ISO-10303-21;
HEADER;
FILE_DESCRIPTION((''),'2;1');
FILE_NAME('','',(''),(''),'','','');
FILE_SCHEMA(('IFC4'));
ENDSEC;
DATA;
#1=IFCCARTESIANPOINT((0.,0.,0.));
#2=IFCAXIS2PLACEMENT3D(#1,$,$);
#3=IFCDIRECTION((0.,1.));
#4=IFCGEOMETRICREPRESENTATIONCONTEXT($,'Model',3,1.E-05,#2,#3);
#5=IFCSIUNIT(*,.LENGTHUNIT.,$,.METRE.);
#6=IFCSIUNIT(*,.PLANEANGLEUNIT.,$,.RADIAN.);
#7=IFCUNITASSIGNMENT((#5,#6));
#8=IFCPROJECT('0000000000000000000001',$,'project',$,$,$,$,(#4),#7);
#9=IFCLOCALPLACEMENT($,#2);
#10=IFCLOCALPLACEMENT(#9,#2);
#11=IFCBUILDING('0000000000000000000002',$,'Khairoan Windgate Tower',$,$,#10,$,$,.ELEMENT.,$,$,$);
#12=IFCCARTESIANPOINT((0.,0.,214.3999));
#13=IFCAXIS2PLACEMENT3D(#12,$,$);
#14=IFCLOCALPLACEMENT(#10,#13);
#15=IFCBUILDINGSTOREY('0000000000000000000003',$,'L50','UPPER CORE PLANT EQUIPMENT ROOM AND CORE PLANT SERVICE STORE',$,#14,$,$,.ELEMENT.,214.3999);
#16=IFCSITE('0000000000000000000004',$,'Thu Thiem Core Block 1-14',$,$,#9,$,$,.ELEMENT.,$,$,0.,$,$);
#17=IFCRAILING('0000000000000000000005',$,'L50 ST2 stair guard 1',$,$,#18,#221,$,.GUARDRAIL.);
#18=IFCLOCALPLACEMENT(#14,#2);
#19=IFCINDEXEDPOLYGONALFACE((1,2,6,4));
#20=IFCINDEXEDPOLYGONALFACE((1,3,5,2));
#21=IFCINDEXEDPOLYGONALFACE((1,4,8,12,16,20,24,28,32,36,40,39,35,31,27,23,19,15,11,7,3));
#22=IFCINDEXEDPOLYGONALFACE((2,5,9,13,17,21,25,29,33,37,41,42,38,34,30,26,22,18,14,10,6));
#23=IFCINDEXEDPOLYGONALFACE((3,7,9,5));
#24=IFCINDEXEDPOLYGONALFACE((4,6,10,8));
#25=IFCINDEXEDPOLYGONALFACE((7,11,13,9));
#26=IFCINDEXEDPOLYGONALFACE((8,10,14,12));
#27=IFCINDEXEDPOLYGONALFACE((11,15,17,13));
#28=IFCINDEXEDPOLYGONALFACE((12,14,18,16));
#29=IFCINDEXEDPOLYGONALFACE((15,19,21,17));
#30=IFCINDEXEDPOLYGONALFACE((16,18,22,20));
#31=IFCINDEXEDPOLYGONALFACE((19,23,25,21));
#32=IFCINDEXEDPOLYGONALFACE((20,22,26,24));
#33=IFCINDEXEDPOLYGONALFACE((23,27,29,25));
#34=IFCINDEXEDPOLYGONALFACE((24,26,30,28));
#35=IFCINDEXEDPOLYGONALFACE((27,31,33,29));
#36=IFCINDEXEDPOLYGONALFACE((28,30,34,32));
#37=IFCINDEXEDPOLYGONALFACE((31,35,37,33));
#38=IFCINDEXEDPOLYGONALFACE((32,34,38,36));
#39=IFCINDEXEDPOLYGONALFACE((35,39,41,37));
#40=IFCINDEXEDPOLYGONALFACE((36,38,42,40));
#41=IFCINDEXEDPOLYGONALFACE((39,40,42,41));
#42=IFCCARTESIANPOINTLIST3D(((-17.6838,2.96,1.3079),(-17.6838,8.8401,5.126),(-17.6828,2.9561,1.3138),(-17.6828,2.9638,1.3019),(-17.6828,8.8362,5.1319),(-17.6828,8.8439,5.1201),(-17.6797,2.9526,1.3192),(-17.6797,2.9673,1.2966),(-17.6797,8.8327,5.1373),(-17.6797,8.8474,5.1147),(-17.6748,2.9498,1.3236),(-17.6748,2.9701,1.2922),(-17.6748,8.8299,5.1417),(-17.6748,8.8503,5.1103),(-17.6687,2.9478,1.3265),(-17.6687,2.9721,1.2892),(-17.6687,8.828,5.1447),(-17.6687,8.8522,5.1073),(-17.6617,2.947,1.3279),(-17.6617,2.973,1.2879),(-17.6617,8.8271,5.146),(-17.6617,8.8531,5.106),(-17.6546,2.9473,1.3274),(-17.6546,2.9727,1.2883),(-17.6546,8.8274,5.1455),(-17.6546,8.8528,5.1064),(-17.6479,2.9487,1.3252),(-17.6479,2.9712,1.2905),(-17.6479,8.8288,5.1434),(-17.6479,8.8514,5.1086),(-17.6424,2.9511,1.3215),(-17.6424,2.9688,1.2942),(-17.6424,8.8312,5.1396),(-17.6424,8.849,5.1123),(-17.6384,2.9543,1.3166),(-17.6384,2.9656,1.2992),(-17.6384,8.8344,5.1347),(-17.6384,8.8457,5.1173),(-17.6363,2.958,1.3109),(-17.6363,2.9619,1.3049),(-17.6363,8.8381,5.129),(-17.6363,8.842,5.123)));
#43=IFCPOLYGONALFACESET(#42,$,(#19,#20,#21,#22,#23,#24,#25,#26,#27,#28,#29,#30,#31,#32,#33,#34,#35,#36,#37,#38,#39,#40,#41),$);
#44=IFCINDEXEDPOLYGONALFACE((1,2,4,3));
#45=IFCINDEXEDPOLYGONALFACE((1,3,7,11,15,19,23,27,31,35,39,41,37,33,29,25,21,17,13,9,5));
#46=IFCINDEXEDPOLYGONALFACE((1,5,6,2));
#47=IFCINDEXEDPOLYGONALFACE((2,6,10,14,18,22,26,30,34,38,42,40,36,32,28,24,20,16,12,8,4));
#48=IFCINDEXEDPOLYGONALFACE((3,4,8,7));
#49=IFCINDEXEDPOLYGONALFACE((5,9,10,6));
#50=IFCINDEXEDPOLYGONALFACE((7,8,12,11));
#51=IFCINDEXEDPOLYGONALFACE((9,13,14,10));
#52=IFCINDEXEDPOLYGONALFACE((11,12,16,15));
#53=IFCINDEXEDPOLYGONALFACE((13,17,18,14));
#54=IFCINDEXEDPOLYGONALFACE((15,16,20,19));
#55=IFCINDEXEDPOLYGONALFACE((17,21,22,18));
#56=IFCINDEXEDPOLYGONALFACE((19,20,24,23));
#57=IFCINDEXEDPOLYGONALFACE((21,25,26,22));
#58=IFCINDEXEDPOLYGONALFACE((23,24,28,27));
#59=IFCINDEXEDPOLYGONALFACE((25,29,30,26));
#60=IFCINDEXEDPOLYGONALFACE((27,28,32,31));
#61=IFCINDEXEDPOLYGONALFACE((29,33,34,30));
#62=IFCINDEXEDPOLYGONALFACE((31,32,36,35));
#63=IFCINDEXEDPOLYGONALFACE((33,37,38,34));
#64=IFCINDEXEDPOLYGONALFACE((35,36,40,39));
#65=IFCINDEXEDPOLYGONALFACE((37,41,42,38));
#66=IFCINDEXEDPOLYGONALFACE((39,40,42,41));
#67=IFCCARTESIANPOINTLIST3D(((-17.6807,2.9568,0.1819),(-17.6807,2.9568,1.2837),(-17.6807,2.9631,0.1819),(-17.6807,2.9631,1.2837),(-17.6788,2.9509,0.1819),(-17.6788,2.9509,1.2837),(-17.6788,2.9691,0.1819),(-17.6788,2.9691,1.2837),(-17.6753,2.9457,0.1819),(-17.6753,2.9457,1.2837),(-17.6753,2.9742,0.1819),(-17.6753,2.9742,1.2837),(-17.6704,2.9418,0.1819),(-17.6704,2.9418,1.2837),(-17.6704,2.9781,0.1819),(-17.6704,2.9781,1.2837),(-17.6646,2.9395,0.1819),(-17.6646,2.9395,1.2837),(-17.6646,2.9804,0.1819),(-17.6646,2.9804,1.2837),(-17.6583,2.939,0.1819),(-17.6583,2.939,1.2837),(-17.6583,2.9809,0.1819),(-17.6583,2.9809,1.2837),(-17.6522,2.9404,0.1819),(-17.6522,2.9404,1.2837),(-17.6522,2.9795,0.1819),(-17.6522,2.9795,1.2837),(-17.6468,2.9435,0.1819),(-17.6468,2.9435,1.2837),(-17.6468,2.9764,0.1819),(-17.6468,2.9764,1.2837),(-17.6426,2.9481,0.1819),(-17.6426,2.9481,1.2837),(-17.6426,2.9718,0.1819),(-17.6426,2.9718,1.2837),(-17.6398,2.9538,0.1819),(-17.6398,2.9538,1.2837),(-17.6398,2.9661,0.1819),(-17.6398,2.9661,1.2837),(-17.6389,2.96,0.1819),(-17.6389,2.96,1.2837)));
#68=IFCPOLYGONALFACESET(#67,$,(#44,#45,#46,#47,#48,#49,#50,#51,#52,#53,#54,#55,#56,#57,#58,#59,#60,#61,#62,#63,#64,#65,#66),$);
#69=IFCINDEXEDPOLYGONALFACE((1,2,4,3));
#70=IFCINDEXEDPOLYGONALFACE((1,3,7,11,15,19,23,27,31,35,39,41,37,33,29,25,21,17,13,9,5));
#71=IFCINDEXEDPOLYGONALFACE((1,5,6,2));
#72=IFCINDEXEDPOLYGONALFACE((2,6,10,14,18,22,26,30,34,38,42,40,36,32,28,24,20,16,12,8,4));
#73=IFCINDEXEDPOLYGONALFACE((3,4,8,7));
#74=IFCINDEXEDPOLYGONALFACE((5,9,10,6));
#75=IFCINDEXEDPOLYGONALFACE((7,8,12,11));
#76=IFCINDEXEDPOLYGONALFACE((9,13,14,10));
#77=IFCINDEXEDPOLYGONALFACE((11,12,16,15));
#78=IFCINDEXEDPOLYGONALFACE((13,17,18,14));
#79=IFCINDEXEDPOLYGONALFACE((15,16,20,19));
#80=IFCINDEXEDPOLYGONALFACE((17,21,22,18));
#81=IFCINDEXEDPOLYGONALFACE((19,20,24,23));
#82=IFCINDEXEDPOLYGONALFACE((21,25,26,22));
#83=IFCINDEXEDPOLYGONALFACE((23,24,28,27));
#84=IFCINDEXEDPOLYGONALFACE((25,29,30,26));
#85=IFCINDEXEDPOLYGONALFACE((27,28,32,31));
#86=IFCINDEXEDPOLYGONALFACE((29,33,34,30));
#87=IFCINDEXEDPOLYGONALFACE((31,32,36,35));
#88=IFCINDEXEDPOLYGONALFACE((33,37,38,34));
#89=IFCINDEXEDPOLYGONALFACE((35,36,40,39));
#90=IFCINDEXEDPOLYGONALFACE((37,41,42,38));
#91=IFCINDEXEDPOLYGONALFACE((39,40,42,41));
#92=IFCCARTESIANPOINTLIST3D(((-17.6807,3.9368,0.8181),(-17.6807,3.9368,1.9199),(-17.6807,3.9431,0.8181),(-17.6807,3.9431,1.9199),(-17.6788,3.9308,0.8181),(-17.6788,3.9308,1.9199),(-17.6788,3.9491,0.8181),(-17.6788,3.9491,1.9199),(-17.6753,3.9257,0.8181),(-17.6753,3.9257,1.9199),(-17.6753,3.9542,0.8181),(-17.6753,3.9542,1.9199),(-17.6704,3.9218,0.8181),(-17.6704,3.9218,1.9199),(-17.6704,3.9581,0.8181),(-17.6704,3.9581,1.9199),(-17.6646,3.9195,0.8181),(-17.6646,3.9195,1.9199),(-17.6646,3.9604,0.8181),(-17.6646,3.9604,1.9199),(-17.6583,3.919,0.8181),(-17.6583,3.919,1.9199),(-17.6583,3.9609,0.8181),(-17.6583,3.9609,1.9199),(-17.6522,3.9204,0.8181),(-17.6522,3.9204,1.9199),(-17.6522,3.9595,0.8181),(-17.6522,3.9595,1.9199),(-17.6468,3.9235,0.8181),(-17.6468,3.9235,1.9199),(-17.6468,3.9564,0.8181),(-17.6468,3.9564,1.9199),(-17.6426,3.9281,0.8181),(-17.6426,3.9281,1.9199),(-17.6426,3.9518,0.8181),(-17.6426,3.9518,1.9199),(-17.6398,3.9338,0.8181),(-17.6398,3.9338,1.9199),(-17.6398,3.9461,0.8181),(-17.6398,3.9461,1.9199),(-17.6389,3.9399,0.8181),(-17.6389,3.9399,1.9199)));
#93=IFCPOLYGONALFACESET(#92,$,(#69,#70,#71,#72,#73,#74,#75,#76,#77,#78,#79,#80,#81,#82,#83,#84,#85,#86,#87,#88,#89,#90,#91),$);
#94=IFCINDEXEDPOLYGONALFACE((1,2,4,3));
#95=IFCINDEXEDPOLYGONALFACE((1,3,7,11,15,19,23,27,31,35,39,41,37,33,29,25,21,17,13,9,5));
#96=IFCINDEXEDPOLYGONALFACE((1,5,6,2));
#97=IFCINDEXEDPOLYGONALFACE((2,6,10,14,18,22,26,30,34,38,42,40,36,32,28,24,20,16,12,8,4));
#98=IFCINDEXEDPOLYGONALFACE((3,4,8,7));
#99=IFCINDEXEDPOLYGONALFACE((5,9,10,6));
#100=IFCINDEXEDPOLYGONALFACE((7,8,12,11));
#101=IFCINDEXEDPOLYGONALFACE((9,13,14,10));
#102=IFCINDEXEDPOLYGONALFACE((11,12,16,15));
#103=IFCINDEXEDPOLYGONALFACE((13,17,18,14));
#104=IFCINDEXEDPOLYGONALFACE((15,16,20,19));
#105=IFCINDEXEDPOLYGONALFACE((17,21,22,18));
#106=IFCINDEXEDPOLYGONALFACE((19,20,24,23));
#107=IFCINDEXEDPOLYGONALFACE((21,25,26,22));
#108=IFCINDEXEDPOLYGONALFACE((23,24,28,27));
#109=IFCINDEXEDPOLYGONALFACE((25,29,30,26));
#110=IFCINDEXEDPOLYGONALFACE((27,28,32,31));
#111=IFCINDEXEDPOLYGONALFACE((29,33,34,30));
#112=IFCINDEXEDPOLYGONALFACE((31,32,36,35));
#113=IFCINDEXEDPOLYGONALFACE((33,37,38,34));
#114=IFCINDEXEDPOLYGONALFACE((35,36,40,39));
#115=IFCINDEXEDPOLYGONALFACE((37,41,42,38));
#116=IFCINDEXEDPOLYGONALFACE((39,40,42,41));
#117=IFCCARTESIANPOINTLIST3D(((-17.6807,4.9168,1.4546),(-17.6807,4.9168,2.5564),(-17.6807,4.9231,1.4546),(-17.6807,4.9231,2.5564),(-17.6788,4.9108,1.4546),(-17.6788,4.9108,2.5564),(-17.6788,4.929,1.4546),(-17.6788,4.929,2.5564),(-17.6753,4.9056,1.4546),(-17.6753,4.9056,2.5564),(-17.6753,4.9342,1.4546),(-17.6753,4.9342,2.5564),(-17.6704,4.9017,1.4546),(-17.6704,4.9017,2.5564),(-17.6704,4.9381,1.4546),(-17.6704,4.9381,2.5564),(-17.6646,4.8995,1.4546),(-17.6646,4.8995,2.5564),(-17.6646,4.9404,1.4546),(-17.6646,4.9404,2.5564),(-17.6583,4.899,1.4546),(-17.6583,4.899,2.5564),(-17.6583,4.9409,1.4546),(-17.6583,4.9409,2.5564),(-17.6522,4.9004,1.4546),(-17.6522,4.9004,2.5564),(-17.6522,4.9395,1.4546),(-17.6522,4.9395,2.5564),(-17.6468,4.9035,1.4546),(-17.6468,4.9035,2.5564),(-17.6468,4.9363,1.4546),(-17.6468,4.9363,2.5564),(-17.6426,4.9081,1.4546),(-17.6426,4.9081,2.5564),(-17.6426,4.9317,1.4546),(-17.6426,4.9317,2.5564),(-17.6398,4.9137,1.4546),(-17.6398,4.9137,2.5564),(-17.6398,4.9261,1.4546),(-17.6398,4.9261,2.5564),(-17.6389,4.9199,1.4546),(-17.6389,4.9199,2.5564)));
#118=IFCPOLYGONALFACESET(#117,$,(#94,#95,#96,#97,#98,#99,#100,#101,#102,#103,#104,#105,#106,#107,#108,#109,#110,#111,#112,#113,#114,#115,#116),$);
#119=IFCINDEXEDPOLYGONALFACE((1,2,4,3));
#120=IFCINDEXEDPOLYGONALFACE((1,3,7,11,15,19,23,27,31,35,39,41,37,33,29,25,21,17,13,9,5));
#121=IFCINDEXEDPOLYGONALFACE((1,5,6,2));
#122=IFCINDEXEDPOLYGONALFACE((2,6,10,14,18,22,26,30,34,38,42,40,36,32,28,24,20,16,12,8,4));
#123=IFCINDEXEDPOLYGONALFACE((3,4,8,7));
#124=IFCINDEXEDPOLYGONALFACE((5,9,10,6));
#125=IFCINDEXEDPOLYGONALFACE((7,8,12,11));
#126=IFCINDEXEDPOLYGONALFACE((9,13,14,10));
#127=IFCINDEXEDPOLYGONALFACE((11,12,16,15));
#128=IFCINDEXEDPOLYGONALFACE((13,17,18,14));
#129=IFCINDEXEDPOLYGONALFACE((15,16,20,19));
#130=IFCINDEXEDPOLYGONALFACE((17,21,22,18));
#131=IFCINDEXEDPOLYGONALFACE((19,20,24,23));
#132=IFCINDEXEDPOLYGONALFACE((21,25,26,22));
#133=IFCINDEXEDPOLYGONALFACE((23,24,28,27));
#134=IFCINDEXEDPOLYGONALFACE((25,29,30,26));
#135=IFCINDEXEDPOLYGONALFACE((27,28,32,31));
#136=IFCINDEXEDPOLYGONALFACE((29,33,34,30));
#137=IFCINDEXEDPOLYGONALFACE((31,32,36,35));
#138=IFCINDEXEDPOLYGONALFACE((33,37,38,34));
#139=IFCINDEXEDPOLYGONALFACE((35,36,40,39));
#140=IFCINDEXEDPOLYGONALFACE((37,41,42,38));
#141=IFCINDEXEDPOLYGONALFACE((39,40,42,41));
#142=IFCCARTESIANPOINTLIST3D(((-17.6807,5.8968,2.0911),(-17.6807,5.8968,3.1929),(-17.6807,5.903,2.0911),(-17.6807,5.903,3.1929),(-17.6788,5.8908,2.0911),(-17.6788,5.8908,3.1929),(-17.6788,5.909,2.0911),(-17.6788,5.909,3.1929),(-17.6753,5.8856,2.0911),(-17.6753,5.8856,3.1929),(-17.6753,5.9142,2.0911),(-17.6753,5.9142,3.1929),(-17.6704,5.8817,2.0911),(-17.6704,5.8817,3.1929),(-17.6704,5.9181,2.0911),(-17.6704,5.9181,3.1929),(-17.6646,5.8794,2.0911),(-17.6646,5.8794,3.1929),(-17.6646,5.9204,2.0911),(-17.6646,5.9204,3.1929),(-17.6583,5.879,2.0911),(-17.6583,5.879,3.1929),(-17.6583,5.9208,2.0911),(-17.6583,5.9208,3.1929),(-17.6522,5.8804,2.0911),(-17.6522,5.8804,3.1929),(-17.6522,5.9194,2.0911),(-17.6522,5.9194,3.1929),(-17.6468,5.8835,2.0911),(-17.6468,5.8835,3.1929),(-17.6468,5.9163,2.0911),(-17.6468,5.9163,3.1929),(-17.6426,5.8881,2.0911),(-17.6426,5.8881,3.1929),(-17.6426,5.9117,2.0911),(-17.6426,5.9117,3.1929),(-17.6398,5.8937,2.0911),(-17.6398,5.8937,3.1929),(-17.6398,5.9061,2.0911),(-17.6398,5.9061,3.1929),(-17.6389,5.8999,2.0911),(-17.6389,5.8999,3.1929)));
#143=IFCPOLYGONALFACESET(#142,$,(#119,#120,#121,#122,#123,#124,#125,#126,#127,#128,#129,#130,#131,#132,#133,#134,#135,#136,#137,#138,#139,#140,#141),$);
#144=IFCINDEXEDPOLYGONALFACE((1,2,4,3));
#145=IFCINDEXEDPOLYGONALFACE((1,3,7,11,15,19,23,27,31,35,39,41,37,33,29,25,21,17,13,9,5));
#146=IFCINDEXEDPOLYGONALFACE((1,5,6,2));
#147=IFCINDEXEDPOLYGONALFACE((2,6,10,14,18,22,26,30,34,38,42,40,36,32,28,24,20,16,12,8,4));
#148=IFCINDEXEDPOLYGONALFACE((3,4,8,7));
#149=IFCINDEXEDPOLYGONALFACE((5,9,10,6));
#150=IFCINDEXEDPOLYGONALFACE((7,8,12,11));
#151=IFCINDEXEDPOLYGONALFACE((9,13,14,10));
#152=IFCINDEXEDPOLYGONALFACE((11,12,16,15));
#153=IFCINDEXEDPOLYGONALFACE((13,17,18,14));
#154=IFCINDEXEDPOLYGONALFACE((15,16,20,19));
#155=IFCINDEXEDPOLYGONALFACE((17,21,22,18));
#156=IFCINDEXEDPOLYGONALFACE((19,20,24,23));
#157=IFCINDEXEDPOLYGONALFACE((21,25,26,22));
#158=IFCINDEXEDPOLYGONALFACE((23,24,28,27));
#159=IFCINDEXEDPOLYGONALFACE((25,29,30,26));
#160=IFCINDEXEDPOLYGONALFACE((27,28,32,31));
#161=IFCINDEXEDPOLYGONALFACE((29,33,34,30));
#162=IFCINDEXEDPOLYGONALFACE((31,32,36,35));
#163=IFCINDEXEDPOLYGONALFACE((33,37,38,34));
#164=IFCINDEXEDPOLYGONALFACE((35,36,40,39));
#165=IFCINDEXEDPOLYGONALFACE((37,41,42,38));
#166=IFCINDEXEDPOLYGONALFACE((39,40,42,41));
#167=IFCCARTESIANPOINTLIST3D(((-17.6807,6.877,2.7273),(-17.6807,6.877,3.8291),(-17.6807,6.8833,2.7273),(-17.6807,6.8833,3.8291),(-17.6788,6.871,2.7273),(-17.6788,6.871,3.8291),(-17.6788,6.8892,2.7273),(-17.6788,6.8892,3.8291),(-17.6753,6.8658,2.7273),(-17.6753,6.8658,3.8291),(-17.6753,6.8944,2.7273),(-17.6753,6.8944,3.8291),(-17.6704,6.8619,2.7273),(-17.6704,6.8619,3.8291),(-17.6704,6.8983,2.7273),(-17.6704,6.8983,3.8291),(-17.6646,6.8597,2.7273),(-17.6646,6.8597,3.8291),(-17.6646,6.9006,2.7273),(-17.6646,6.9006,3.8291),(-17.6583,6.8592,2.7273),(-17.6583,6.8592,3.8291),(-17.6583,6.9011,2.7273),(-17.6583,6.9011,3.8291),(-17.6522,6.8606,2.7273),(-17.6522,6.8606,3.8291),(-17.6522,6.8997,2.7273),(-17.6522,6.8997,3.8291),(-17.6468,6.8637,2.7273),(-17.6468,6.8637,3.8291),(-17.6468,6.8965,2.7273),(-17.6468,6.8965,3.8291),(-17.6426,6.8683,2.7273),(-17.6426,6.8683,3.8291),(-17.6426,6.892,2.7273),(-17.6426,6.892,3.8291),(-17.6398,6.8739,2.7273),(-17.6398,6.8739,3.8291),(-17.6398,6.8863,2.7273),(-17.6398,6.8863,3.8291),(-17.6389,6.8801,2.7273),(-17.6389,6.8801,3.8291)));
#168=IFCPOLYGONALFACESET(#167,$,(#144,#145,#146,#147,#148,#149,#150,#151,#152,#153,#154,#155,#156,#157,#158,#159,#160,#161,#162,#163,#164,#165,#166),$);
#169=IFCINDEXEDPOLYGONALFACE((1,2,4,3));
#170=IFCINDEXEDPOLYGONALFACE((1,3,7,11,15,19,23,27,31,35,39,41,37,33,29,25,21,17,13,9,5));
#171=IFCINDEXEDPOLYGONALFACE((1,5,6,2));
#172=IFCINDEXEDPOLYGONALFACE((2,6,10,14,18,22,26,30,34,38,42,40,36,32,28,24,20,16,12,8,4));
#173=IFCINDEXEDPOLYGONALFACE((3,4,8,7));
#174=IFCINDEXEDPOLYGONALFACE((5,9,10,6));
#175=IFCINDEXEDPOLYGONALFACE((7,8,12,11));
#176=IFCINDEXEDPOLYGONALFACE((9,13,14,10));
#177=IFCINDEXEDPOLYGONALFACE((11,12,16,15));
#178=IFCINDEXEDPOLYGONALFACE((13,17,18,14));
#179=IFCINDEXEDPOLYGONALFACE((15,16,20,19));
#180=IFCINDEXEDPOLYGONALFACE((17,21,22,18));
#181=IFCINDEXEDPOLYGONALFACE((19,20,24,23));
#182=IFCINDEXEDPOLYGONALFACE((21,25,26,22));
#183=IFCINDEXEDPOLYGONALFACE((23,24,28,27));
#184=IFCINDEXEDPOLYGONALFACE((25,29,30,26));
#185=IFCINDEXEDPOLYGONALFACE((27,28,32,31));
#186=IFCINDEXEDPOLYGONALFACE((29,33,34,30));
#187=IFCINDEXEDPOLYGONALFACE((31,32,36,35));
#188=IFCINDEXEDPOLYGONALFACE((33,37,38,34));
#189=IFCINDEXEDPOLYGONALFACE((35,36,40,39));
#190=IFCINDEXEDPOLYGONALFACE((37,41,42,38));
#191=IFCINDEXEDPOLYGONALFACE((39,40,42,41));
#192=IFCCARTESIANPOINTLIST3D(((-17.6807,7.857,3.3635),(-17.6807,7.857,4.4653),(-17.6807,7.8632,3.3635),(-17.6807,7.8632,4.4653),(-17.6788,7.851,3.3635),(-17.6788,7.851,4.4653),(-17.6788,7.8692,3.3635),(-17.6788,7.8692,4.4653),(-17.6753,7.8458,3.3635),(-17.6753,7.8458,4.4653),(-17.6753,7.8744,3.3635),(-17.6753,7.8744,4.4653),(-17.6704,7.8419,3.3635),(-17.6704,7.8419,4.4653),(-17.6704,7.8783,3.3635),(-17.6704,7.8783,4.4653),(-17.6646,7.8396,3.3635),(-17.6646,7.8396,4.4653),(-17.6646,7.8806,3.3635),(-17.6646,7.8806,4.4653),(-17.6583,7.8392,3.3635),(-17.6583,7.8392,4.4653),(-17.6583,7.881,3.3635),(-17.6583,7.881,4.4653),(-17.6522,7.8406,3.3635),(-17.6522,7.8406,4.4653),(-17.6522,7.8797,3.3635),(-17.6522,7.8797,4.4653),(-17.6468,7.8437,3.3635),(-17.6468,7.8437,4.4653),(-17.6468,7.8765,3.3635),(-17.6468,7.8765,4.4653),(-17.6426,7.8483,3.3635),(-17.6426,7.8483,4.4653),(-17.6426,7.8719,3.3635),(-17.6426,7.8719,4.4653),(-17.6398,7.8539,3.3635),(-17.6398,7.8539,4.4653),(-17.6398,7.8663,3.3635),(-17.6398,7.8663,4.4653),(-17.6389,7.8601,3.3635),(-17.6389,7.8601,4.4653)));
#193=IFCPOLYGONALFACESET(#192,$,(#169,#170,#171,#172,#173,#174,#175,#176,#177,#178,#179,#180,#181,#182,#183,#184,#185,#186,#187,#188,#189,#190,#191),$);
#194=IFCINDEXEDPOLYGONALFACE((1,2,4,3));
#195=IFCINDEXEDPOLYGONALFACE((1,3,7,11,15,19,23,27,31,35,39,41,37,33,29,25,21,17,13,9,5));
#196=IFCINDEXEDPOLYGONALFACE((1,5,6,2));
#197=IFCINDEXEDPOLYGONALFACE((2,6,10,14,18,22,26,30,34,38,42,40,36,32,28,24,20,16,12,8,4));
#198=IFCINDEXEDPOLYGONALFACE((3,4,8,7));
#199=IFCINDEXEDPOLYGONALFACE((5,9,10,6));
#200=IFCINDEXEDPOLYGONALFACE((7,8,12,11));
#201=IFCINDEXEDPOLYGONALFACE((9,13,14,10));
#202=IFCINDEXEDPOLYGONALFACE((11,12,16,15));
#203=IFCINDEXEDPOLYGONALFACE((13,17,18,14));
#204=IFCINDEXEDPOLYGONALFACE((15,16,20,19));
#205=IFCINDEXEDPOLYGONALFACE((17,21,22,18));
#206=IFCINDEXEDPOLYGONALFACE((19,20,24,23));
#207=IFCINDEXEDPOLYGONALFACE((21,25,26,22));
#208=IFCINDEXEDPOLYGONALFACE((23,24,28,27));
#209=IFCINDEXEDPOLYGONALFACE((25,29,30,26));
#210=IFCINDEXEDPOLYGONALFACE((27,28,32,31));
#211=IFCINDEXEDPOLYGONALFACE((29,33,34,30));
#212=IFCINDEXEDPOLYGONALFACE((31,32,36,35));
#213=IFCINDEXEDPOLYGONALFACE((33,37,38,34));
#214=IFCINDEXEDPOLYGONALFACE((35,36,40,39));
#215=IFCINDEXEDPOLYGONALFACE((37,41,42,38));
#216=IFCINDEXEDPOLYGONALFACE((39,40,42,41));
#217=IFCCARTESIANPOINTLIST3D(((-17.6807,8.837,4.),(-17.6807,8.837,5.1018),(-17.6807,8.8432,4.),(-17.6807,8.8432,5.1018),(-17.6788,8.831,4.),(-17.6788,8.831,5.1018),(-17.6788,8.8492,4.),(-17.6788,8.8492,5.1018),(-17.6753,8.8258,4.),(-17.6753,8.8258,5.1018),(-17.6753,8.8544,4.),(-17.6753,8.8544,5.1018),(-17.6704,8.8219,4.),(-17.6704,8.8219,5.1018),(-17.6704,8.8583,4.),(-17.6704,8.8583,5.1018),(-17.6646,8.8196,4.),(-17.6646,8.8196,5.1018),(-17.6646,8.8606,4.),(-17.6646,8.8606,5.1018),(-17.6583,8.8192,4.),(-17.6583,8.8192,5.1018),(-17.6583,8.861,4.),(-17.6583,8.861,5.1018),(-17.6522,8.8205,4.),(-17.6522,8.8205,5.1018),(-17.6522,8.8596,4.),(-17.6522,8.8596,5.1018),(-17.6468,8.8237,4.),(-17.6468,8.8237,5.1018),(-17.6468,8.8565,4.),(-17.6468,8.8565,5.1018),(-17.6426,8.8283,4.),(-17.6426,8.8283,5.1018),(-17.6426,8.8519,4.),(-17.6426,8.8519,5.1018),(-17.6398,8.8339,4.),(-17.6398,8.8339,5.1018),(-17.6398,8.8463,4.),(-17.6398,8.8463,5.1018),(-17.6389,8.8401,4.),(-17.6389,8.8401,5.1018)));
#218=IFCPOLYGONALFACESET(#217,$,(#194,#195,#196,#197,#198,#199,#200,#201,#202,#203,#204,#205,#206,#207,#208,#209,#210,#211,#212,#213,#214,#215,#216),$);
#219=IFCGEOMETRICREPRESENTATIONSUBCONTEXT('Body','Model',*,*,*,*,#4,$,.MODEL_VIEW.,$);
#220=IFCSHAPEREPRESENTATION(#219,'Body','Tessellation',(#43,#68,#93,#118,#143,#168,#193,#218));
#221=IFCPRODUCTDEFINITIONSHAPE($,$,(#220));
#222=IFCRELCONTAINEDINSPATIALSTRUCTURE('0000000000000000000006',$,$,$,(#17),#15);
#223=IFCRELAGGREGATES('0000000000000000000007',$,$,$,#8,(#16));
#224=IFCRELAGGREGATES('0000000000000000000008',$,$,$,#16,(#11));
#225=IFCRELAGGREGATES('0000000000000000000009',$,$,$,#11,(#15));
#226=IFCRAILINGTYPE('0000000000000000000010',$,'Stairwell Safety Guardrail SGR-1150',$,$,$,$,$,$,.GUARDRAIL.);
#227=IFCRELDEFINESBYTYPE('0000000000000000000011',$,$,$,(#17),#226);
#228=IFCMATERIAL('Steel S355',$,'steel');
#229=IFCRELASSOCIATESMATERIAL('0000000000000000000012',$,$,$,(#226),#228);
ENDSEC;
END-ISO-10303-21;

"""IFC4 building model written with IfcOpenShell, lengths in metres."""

from ifc_helpers import new_model, si_unit, direction, frame, origin, origin_2d, place, context, subcontext, project, spatial, circle, extrude, material, type_object, element, save


model = new_model("IFC4")

# Units and contexts
model_context = context("Model", 3, precision=1e-05, world=origin(), true_north=direction((0.0, 1.0)))
body_context = subcontext(model_context, "Body", "Model", "MODEL_VIEW")
ifc_project = project(units=[si_unit("LENGTHUNIT", "METRE"), si_unit("PLANEANGLEUNIT", "RADIAN")], contexts=[model_context])

# Site, building, storey
site_placement = place(None, origin())
site = spatial("IfcSite", under=ifc_project, at=site_placement, Name="Thu Thiem Core Block 1-14", CompositionType="ELEMENT", RefElevation=0.0)
building_placement = place(site_placement, origin())
building = spatial("IfcBuilding", under=site, at=building_placement, Name="Khairoan Windgate Tower", CompositionType="ELEMENT")
storey_placement = place(building_placement, frame((0.0, 0.0, 214.3999)))
storey = spatial("IfcBuildingStorey", under=building, at=storey_placement, Name="L50", Description="UPPER CORE PLANT EQUIPMENT ROOM AND CORE PLANT SERVICE STORE", CompositionType="ELEMENT", Elevation=214.3999)

# Railing
ifc_material_1 = material(Name="Steel S355", Category="steel")
railing_type_1 = type_object("IfcRailingType", Name="Stairwell Safety Guardrail SGR-1150", PredefinedType="GUARDRAIL", material=ifc_material_1)
railing_1_placement = place(storey_placement, frame((-17.6599, 2.96, 0.1819)))
element("IfcRailing", 1, at=railing_1_placement, inside=storey, type_object=railing_type_1, Name="L50 ST2 stair guard 1", PredefinedType="GUARDRAIL", context=body_context, shape_type="SweptSolid", body=[
    extrude(circle(Radius=0.0239, at=origin_2d()), frame((0.0, 0.0, 1.126), z_axis=(0.0, 0.838702, 0.54459), x_axis=(-1.0, 0.0, 0.0)), (0.0, 0.0, 1.0), 7.011),
    extrude(circle(Radius=0.021, at=origin_2d()), origin(), (0.0, 0.0, 1.0), 1.1018),
    extrude(circle(Radius=0.021, at=origin_2d()), frame((0.0, 0.98, 0.6362)), (0.0, 0.0, 1.0), 1.1018),
    extrude(circle(Radius=0.021, at=origin_2d()), frame((0.0, 1.96, 1.2727)), (0.0, 0.0, 1.0), 1.1018),
    extrude(circle(Radius=0.021, at=origin_2d()), frame((0.0, 2.9399, 1.9092)), (0.0, 0.0, 1.0), 1.1018),
    extrude(circle(Radius=0.021, at=origin_2d()), frame((0.0, 3.9202, 2.5454)), (0.0, 0.0, 1.0), 1.1018),
    extrude(circle(Radius=0.021, at=origin_2d()), frame((0.0, 4.9001, 3.1816)), (0.0, 0.0, 1.0), 1.1018),
    extrude(circle(Radius=0.021, at=origin_2d()), frame((0.0, 5.8801, 3.8181)), (0.0, 0.0, 1.0), 1.1018),
])

save(model, "model.ifc")
